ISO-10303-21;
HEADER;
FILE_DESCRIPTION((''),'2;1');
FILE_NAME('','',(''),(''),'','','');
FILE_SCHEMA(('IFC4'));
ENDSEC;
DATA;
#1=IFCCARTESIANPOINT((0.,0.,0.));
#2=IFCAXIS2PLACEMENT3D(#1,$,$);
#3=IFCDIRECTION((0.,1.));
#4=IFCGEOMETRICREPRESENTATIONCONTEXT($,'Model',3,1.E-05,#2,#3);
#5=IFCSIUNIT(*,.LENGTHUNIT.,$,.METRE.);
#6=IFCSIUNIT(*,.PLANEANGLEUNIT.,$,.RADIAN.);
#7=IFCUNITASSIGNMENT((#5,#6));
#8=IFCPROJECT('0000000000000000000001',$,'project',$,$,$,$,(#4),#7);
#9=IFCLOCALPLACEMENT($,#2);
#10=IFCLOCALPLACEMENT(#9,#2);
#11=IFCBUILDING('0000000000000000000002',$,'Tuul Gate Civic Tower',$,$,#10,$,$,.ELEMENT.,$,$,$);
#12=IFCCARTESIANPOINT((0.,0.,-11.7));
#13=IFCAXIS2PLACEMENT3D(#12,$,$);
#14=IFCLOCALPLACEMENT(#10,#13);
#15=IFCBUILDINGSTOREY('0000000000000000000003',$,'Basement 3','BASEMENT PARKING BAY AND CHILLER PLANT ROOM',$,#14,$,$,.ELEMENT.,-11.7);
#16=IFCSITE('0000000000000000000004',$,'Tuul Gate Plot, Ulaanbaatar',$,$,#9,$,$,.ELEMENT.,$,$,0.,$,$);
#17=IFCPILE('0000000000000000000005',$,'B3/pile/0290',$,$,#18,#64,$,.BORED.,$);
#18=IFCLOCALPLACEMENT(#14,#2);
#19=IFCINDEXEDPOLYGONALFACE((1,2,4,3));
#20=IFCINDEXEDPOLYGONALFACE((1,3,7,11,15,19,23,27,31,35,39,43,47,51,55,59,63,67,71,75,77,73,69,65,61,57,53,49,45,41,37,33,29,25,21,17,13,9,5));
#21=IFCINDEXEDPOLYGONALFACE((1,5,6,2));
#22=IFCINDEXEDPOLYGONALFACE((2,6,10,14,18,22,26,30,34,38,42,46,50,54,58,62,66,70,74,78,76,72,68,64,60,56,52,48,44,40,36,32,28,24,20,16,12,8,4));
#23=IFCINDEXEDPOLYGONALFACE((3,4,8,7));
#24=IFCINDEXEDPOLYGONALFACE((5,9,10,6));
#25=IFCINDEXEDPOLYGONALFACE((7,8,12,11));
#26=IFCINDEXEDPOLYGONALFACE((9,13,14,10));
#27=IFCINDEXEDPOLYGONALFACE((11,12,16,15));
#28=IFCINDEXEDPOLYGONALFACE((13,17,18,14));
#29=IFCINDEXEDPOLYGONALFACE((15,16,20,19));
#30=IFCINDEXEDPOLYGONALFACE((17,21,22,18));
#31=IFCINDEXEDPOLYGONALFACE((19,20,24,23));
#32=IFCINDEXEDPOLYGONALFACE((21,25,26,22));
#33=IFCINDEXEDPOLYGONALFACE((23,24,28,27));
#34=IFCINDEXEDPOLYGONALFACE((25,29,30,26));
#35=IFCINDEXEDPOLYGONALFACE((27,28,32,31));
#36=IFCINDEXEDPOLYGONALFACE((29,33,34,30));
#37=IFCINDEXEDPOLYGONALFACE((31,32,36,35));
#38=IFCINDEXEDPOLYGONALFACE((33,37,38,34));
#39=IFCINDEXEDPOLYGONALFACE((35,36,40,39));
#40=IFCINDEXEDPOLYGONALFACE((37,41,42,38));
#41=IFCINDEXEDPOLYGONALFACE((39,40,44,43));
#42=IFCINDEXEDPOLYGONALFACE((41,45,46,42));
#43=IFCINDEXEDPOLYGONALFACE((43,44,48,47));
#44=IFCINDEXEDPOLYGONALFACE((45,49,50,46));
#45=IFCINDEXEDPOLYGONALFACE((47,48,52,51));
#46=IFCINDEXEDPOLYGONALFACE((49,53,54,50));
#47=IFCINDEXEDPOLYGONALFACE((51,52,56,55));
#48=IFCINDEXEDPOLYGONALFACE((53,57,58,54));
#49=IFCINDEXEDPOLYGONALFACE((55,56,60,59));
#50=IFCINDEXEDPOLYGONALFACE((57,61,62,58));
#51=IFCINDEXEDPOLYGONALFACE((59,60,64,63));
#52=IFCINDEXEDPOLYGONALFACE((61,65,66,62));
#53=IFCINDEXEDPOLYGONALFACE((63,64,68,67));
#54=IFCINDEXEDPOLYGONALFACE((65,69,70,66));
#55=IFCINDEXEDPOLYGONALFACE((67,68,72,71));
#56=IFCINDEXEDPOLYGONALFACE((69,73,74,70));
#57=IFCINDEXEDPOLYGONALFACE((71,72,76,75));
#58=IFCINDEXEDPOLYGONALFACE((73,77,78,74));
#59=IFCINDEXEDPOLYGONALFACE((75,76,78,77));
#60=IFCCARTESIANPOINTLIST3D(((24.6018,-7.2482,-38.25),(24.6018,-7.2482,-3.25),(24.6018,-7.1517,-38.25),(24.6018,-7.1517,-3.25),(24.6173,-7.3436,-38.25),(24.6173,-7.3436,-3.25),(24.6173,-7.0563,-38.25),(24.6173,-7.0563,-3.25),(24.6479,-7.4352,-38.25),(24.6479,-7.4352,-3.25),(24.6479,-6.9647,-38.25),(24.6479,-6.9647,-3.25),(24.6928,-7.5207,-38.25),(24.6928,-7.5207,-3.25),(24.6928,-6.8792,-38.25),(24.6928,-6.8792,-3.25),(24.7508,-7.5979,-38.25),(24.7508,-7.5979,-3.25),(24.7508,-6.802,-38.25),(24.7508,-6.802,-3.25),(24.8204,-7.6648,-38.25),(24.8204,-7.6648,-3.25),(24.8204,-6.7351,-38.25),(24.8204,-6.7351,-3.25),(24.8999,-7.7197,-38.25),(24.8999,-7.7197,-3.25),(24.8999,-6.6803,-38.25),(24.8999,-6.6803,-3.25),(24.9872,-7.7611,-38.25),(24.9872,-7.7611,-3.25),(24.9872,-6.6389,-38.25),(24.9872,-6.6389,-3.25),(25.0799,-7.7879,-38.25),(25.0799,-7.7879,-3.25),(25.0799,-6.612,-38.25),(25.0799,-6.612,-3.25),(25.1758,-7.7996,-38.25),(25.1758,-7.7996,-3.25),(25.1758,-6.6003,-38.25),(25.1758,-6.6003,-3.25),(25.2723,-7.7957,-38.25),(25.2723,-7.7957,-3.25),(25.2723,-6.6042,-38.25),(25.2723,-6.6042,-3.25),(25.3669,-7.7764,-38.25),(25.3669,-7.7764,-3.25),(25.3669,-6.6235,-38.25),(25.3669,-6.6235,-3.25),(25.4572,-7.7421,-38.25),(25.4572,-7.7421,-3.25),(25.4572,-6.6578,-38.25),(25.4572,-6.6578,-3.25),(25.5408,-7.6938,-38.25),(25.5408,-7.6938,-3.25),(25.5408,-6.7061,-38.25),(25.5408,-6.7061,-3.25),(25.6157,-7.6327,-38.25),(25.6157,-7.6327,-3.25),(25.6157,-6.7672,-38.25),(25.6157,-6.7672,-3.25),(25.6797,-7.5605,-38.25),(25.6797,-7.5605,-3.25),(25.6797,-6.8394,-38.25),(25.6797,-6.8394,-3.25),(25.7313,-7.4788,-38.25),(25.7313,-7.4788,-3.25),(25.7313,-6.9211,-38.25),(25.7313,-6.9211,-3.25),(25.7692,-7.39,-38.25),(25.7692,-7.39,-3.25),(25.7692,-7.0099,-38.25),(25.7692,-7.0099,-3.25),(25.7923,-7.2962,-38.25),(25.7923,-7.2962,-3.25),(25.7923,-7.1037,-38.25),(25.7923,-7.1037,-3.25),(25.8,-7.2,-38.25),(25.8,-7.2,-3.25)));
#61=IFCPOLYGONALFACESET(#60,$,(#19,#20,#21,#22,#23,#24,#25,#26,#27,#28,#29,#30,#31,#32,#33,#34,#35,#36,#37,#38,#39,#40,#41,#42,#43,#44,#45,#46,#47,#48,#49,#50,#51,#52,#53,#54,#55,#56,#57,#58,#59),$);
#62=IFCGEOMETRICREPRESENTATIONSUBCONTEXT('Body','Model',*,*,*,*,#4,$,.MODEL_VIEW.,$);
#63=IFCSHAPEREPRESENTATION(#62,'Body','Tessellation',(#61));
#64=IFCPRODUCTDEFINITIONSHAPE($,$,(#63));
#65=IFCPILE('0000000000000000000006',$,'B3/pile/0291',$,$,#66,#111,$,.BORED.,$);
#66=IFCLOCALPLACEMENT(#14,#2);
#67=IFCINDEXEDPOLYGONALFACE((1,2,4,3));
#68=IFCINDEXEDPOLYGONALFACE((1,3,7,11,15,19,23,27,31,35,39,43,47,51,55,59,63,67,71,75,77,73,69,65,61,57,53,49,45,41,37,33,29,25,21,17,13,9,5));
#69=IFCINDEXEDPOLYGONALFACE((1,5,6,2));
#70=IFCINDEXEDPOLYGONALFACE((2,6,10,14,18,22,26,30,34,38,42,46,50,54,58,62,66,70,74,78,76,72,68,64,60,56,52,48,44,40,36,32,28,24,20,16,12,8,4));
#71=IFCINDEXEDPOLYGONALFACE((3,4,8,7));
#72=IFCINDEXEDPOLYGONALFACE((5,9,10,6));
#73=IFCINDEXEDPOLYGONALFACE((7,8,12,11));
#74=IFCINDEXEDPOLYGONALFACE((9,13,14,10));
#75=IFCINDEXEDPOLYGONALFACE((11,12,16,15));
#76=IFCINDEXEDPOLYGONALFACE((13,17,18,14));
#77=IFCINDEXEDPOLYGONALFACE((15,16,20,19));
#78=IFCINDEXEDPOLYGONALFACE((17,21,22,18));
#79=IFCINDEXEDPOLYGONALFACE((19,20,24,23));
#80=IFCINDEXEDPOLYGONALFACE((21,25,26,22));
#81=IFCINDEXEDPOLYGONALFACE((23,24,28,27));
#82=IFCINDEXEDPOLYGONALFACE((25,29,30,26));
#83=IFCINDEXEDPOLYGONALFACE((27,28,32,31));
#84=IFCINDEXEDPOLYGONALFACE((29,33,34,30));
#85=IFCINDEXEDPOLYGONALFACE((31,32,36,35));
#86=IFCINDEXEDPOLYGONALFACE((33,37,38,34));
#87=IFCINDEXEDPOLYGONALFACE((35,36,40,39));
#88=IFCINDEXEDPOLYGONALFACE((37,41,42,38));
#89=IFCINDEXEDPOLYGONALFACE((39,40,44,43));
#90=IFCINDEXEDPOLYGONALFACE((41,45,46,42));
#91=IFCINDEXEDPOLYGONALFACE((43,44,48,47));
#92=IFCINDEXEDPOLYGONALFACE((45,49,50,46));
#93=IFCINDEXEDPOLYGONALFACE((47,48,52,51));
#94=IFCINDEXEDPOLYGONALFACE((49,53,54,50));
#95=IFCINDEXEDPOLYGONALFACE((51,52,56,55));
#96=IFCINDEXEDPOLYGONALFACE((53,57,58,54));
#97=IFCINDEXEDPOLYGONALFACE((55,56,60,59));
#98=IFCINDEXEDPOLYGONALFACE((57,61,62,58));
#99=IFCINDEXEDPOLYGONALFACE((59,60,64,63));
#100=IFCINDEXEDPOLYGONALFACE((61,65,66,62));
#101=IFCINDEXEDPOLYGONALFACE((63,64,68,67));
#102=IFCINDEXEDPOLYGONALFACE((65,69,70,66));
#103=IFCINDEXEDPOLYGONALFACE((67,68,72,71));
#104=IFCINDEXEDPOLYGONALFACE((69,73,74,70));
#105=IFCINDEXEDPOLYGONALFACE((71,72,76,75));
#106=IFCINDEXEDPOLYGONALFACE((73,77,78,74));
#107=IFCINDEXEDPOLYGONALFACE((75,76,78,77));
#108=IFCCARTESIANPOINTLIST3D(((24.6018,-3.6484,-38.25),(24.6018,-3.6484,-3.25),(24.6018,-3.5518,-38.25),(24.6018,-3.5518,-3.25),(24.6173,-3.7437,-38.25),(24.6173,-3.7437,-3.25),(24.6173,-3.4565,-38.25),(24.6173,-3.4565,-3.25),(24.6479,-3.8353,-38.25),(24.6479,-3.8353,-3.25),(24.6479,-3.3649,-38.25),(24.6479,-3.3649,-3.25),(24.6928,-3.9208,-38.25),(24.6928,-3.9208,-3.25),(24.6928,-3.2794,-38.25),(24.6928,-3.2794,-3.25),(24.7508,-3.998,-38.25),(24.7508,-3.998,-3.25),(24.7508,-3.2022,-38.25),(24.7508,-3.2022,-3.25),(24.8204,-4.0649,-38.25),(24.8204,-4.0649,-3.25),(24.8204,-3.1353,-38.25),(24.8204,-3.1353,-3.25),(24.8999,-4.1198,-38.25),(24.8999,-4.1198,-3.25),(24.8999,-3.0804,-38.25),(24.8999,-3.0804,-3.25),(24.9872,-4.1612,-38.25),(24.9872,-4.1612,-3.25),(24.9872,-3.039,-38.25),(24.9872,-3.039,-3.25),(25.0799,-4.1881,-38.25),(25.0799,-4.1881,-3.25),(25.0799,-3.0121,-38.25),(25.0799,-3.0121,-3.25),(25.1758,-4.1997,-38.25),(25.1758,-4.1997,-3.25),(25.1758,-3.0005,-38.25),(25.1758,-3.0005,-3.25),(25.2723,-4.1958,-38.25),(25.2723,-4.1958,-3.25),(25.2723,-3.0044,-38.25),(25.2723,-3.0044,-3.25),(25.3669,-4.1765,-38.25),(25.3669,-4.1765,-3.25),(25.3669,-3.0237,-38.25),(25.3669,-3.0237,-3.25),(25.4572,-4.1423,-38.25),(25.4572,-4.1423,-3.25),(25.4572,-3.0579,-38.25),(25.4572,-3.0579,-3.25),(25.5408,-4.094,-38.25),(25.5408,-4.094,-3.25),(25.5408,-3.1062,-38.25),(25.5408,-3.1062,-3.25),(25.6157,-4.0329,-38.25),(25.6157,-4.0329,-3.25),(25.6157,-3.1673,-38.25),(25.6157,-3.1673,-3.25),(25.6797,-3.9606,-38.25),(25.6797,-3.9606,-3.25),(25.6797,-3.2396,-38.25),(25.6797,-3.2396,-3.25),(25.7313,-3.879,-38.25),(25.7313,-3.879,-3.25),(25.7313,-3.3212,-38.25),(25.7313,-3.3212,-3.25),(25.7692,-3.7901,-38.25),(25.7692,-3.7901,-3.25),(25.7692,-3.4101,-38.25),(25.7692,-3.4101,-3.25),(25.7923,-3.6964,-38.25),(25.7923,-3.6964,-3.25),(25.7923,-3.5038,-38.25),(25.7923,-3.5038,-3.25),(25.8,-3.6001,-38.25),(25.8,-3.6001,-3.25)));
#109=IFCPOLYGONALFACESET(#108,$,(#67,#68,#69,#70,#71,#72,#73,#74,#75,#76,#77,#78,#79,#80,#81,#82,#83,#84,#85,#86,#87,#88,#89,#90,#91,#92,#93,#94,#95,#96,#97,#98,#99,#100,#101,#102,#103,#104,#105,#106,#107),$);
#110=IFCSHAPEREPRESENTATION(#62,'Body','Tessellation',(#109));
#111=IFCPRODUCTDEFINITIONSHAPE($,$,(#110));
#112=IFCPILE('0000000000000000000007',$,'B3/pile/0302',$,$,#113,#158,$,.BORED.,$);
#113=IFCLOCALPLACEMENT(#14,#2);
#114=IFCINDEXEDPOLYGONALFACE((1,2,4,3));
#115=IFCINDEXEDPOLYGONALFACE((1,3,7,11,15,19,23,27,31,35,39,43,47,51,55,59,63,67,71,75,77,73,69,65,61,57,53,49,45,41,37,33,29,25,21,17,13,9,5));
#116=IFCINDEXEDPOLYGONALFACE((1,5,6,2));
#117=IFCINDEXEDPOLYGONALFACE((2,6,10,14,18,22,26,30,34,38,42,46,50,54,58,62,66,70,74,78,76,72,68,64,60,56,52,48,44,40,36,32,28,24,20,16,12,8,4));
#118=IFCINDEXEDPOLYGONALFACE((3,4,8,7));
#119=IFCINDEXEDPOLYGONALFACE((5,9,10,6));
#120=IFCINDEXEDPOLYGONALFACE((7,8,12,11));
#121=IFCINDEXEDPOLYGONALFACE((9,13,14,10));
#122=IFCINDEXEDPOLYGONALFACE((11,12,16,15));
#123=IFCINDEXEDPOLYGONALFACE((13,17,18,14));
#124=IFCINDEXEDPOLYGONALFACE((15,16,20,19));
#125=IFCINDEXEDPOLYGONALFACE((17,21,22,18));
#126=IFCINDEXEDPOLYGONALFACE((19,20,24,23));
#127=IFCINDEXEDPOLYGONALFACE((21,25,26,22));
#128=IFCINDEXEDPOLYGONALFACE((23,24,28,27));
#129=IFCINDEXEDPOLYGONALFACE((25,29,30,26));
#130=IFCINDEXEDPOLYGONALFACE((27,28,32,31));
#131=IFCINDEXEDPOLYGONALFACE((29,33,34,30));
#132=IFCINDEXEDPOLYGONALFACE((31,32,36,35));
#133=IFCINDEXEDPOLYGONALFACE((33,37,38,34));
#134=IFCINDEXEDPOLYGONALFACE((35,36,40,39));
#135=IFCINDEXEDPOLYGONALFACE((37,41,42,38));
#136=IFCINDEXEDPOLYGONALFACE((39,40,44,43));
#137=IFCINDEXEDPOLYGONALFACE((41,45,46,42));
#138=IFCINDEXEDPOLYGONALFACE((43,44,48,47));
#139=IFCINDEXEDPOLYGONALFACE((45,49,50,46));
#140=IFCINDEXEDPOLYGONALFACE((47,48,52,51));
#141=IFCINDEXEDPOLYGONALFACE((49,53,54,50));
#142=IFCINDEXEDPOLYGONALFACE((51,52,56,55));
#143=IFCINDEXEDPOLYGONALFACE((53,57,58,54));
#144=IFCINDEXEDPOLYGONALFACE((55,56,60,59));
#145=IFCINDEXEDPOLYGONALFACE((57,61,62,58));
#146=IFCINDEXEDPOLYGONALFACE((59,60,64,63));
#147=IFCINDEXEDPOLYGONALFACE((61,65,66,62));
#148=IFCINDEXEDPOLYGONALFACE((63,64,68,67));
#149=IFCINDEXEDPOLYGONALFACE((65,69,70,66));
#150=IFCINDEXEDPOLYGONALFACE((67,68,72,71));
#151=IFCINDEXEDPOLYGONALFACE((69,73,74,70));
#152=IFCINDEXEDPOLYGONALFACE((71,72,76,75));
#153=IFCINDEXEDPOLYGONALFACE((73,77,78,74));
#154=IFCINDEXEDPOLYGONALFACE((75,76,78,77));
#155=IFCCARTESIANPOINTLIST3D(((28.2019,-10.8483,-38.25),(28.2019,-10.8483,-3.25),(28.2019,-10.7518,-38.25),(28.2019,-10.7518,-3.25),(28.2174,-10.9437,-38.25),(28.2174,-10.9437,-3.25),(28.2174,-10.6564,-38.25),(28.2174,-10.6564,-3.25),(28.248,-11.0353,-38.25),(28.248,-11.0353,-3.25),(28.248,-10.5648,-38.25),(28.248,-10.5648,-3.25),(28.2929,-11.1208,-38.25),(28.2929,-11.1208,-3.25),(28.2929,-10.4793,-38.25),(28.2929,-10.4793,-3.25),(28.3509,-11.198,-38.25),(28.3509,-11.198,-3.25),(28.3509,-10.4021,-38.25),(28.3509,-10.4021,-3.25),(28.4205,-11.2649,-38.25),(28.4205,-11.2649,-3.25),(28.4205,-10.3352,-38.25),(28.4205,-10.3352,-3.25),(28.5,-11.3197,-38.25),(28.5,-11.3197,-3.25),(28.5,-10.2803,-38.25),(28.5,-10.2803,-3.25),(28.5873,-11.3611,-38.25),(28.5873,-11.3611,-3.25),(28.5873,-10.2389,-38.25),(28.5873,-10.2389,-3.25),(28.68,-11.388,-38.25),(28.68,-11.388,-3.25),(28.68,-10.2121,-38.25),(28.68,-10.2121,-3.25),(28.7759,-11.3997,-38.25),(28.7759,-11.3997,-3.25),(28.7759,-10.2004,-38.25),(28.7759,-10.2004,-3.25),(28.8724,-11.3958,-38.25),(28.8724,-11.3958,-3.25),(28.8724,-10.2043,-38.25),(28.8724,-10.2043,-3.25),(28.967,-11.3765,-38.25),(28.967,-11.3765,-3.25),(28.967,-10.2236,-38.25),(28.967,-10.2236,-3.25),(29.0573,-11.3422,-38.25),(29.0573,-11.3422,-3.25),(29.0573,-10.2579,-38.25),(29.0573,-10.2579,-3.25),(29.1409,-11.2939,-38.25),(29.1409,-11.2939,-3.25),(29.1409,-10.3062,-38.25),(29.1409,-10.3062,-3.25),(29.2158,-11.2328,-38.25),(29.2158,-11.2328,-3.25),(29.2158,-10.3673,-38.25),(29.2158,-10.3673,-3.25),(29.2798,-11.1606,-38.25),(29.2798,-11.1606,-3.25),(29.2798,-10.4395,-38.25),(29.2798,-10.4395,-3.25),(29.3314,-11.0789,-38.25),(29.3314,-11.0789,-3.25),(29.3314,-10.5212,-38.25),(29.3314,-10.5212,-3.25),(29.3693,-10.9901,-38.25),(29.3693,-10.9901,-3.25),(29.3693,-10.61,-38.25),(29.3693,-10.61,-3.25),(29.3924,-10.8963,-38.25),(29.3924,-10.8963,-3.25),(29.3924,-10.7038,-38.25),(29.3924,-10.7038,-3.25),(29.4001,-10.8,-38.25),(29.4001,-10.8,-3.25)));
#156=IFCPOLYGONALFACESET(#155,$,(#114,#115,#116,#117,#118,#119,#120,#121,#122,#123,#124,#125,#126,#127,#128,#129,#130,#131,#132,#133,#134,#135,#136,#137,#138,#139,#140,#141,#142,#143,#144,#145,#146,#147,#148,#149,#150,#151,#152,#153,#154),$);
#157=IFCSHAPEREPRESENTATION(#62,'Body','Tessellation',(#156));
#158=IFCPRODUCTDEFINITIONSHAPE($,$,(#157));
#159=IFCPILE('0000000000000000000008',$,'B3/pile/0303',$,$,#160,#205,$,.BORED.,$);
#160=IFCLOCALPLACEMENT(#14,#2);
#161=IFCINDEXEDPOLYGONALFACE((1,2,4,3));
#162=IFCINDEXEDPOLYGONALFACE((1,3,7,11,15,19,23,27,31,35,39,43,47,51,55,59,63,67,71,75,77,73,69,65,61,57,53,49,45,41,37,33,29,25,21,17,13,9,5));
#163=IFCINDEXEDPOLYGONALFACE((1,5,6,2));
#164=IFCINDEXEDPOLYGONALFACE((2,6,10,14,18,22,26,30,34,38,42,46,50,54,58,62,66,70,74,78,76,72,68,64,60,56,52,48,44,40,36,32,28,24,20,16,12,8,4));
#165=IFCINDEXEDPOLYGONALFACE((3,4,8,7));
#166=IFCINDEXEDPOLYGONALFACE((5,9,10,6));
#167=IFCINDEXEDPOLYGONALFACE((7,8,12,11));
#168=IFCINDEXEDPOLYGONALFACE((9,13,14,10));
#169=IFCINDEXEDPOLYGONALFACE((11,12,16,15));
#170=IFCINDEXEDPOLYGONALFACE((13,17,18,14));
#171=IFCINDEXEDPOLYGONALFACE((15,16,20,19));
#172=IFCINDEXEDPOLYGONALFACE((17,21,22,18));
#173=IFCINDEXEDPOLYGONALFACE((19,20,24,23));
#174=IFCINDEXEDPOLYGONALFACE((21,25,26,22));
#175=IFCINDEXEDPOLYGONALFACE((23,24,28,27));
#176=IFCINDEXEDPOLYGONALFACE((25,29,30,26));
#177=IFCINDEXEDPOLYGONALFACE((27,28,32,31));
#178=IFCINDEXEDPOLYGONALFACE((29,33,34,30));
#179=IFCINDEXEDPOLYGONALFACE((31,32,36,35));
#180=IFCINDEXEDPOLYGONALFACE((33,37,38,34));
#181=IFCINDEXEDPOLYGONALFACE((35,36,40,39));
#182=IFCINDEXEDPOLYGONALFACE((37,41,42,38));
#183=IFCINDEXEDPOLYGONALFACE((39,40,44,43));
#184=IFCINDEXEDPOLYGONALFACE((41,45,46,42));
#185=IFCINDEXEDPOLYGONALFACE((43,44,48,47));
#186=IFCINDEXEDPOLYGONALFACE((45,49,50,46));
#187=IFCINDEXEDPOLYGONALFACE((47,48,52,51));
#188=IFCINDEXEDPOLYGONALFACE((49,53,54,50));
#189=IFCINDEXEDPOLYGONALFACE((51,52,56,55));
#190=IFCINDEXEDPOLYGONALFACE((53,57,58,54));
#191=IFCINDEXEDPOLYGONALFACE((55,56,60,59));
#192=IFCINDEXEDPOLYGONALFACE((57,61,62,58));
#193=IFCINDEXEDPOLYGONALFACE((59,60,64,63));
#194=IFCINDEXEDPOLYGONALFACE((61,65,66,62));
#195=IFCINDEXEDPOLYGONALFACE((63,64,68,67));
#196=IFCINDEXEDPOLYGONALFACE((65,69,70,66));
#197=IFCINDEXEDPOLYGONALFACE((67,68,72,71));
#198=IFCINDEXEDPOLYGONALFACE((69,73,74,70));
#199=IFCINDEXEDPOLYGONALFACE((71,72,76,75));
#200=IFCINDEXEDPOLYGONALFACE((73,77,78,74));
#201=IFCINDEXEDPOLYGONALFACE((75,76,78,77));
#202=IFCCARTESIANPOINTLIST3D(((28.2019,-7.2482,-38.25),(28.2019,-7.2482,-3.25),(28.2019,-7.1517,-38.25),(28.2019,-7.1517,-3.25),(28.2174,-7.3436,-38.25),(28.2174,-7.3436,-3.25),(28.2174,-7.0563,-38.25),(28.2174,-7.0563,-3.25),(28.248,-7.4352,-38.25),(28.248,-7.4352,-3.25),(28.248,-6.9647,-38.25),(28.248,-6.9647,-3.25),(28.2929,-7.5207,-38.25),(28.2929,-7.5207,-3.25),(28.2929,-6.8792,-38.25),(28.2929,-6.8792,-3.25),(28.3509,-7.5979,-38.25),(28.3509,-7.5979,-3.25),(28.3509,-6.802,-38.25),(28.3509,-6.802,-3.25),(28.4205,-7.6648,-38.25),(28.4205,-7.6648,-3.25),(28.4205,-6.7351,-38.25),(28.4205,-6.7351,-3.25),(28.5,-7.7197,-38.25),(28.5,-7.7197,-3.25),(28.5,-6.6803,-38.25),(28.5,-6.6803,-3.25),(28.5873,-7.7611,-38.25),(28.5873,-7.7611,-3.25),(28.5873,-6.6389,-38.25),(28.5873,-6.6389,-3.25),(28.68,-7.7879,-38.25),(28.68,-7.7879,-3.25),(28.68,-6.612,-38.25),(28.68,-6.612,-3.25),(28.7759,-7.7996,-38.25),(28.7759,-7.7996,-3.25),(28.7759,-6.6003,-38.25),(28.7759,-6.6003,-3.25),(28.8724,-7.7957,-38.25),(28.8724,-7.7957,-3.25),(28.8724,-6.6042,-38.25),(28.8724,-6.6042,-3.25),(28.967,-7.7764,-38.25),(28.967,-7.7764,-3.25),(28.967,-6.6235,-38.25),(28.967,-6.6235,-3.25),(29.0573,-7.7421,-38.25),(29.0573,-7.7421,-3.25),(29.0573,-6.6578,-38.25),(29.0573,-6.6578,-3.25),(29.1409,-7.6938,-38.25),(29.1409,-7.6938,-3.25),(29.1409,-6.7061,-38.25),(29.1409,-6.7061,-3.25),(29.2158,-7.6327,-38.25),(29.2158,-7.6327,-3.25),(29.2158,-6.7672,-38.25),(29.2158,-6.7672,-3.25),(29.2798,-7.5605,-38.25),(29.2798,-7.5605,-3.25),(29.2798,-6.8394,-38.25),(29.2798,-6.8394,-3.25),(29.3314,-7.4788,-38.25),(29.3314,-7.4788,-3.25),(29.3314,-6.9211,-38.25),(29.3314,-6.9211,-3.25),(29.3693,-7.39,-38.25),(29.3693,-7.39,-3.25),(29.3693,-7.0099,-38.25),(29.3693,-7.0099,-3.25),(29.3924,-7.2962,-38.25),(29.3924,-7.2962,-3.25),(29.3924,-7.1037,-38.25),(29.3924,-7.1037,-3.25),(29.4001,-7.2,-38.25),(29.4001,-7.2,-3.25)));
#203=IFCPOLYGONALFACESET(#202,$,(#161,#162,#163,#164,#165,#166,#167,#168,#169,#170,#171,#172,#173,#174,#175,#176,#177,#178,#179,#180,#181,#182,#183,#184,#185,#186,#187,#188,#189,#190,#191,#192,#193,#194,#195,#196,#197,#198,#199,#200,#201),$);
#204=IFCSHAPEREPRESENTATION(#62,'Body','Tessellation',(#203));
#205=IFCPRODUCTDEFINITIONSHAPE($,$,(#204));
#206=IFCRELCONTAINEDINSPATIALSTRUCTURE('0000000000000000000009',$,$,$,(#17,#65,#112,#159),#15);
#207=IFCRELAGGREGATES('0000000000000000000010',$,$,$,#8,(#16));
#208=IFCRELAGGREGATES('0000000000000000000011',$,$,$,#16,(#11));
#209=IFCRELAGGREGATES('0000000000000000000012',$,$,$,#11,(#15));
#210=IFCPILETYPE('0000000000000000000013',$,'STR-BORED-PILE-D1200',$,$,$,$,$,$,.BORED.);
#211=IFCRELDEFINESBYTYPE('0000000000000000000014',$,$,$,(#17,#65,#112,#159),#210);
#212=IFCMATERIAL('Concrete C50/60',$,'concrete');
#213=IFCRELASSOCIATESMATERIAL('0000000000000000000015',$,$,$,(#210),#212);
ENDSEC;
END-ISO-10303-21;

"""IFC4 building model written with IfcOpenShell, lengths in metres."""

from ifc_helpers import new_model, si_unit, direction, frame, origin, origin_2d, place, context, subcontext, project, spatial, circle, extrude, material, material_profile, profile_set, type_object, element, save


model = new_model("IFC4")

# Units and contexts
model_context = context("Model", 3, precision=1e-05, world=origin(), true_north=direction((0.0, 1.0)))
body_context = subcontext(model_context, "Body", "Model", "MODEL_VIEW")
ifc_project = project(units=[si_unit("LENGTHUNIT", "METRE"), si_unit("PLANEANGLEUNIT", "RADIAN")], contexts=[model_context])

# Site, building, storey
site_placement = place(None, origin())
site = spatial("IfcSite", under=ifc_project, at=site_placement, Name="Tuul Gate Plot, Ulaanbaatar", CompositionType="ELEMENT", RefElevation=0.0)
building_placement = place(site_placement, origin())
building = spatial("IfcBuilding", under=site, at=building_placement, Name="Tuul Gate Civic Tower", CompositionType="ELEMENT")
storey_placement = place(building_placement, frame((0.0, 0.0, -11.7)))
storey = spatial("IfcBuildingStorey", under=building, at=storey_placement, Name="Basement 3", Description="BASEMENT PARKING BAY AND CHILLER PLANT ROOM", CompositionType="ELEMENT", Elevation=-11.7)

# Piles
ifc_material_1 = material(Name="Concrete C50/60", Category="concrete")
ifc_material_profile_1 = material_profile(ifc_material_1, circle(Radius=0.6001, at=origin_2d()), Name="PILE1200")
ifc_profile_set_1 = profile_set([ifc_material_profile_1], Name="Concrete C50/60")
pile_type = type_object("IfcPileType", Name="STR-BORED-PILE-D1200", PredefinedType="BORED", material=ifc_profile_set_1)
for number, where, z_axis, x_axis, name in (
    (1, (25.2, -7.2, -3.25), (0.0, 0.0, -1.0), (1.0, 0.0, 0.0), "B3/pile/0290"),
    (2, (25.2, -3.6001, -3.25), (0.0, 0.0, -1.0), (1.0, 0.0, 0.0), "B3/pile/0291"),
    (3, (28.8, -10.8, -3.25), (0.0, 0.0, -1.0), (1.0, 0.0, 0.0), "B3/pile/0302"),
    (4, (28.8, -7.2, -3.25), (0.0, 0.0, -1.0), (1.0, 0.0, 0.0), "B3/pile/0303"),
):
    element("IfcPile", number, at=place(storey_placement, frame(where, z_axis=z_axis, x_axis=x_axis)), inside=storey, type_object=pile_type, Name=name, PredefinedType="BORED", context=body_context, shape_type="SweptSolid", body=[
        extrude(circle(Radius=0.6001, at=origin_2d()), origin(), (0.0, 0.0, 1.0), 35.0),
    ])

save(model, "model.ifc")
